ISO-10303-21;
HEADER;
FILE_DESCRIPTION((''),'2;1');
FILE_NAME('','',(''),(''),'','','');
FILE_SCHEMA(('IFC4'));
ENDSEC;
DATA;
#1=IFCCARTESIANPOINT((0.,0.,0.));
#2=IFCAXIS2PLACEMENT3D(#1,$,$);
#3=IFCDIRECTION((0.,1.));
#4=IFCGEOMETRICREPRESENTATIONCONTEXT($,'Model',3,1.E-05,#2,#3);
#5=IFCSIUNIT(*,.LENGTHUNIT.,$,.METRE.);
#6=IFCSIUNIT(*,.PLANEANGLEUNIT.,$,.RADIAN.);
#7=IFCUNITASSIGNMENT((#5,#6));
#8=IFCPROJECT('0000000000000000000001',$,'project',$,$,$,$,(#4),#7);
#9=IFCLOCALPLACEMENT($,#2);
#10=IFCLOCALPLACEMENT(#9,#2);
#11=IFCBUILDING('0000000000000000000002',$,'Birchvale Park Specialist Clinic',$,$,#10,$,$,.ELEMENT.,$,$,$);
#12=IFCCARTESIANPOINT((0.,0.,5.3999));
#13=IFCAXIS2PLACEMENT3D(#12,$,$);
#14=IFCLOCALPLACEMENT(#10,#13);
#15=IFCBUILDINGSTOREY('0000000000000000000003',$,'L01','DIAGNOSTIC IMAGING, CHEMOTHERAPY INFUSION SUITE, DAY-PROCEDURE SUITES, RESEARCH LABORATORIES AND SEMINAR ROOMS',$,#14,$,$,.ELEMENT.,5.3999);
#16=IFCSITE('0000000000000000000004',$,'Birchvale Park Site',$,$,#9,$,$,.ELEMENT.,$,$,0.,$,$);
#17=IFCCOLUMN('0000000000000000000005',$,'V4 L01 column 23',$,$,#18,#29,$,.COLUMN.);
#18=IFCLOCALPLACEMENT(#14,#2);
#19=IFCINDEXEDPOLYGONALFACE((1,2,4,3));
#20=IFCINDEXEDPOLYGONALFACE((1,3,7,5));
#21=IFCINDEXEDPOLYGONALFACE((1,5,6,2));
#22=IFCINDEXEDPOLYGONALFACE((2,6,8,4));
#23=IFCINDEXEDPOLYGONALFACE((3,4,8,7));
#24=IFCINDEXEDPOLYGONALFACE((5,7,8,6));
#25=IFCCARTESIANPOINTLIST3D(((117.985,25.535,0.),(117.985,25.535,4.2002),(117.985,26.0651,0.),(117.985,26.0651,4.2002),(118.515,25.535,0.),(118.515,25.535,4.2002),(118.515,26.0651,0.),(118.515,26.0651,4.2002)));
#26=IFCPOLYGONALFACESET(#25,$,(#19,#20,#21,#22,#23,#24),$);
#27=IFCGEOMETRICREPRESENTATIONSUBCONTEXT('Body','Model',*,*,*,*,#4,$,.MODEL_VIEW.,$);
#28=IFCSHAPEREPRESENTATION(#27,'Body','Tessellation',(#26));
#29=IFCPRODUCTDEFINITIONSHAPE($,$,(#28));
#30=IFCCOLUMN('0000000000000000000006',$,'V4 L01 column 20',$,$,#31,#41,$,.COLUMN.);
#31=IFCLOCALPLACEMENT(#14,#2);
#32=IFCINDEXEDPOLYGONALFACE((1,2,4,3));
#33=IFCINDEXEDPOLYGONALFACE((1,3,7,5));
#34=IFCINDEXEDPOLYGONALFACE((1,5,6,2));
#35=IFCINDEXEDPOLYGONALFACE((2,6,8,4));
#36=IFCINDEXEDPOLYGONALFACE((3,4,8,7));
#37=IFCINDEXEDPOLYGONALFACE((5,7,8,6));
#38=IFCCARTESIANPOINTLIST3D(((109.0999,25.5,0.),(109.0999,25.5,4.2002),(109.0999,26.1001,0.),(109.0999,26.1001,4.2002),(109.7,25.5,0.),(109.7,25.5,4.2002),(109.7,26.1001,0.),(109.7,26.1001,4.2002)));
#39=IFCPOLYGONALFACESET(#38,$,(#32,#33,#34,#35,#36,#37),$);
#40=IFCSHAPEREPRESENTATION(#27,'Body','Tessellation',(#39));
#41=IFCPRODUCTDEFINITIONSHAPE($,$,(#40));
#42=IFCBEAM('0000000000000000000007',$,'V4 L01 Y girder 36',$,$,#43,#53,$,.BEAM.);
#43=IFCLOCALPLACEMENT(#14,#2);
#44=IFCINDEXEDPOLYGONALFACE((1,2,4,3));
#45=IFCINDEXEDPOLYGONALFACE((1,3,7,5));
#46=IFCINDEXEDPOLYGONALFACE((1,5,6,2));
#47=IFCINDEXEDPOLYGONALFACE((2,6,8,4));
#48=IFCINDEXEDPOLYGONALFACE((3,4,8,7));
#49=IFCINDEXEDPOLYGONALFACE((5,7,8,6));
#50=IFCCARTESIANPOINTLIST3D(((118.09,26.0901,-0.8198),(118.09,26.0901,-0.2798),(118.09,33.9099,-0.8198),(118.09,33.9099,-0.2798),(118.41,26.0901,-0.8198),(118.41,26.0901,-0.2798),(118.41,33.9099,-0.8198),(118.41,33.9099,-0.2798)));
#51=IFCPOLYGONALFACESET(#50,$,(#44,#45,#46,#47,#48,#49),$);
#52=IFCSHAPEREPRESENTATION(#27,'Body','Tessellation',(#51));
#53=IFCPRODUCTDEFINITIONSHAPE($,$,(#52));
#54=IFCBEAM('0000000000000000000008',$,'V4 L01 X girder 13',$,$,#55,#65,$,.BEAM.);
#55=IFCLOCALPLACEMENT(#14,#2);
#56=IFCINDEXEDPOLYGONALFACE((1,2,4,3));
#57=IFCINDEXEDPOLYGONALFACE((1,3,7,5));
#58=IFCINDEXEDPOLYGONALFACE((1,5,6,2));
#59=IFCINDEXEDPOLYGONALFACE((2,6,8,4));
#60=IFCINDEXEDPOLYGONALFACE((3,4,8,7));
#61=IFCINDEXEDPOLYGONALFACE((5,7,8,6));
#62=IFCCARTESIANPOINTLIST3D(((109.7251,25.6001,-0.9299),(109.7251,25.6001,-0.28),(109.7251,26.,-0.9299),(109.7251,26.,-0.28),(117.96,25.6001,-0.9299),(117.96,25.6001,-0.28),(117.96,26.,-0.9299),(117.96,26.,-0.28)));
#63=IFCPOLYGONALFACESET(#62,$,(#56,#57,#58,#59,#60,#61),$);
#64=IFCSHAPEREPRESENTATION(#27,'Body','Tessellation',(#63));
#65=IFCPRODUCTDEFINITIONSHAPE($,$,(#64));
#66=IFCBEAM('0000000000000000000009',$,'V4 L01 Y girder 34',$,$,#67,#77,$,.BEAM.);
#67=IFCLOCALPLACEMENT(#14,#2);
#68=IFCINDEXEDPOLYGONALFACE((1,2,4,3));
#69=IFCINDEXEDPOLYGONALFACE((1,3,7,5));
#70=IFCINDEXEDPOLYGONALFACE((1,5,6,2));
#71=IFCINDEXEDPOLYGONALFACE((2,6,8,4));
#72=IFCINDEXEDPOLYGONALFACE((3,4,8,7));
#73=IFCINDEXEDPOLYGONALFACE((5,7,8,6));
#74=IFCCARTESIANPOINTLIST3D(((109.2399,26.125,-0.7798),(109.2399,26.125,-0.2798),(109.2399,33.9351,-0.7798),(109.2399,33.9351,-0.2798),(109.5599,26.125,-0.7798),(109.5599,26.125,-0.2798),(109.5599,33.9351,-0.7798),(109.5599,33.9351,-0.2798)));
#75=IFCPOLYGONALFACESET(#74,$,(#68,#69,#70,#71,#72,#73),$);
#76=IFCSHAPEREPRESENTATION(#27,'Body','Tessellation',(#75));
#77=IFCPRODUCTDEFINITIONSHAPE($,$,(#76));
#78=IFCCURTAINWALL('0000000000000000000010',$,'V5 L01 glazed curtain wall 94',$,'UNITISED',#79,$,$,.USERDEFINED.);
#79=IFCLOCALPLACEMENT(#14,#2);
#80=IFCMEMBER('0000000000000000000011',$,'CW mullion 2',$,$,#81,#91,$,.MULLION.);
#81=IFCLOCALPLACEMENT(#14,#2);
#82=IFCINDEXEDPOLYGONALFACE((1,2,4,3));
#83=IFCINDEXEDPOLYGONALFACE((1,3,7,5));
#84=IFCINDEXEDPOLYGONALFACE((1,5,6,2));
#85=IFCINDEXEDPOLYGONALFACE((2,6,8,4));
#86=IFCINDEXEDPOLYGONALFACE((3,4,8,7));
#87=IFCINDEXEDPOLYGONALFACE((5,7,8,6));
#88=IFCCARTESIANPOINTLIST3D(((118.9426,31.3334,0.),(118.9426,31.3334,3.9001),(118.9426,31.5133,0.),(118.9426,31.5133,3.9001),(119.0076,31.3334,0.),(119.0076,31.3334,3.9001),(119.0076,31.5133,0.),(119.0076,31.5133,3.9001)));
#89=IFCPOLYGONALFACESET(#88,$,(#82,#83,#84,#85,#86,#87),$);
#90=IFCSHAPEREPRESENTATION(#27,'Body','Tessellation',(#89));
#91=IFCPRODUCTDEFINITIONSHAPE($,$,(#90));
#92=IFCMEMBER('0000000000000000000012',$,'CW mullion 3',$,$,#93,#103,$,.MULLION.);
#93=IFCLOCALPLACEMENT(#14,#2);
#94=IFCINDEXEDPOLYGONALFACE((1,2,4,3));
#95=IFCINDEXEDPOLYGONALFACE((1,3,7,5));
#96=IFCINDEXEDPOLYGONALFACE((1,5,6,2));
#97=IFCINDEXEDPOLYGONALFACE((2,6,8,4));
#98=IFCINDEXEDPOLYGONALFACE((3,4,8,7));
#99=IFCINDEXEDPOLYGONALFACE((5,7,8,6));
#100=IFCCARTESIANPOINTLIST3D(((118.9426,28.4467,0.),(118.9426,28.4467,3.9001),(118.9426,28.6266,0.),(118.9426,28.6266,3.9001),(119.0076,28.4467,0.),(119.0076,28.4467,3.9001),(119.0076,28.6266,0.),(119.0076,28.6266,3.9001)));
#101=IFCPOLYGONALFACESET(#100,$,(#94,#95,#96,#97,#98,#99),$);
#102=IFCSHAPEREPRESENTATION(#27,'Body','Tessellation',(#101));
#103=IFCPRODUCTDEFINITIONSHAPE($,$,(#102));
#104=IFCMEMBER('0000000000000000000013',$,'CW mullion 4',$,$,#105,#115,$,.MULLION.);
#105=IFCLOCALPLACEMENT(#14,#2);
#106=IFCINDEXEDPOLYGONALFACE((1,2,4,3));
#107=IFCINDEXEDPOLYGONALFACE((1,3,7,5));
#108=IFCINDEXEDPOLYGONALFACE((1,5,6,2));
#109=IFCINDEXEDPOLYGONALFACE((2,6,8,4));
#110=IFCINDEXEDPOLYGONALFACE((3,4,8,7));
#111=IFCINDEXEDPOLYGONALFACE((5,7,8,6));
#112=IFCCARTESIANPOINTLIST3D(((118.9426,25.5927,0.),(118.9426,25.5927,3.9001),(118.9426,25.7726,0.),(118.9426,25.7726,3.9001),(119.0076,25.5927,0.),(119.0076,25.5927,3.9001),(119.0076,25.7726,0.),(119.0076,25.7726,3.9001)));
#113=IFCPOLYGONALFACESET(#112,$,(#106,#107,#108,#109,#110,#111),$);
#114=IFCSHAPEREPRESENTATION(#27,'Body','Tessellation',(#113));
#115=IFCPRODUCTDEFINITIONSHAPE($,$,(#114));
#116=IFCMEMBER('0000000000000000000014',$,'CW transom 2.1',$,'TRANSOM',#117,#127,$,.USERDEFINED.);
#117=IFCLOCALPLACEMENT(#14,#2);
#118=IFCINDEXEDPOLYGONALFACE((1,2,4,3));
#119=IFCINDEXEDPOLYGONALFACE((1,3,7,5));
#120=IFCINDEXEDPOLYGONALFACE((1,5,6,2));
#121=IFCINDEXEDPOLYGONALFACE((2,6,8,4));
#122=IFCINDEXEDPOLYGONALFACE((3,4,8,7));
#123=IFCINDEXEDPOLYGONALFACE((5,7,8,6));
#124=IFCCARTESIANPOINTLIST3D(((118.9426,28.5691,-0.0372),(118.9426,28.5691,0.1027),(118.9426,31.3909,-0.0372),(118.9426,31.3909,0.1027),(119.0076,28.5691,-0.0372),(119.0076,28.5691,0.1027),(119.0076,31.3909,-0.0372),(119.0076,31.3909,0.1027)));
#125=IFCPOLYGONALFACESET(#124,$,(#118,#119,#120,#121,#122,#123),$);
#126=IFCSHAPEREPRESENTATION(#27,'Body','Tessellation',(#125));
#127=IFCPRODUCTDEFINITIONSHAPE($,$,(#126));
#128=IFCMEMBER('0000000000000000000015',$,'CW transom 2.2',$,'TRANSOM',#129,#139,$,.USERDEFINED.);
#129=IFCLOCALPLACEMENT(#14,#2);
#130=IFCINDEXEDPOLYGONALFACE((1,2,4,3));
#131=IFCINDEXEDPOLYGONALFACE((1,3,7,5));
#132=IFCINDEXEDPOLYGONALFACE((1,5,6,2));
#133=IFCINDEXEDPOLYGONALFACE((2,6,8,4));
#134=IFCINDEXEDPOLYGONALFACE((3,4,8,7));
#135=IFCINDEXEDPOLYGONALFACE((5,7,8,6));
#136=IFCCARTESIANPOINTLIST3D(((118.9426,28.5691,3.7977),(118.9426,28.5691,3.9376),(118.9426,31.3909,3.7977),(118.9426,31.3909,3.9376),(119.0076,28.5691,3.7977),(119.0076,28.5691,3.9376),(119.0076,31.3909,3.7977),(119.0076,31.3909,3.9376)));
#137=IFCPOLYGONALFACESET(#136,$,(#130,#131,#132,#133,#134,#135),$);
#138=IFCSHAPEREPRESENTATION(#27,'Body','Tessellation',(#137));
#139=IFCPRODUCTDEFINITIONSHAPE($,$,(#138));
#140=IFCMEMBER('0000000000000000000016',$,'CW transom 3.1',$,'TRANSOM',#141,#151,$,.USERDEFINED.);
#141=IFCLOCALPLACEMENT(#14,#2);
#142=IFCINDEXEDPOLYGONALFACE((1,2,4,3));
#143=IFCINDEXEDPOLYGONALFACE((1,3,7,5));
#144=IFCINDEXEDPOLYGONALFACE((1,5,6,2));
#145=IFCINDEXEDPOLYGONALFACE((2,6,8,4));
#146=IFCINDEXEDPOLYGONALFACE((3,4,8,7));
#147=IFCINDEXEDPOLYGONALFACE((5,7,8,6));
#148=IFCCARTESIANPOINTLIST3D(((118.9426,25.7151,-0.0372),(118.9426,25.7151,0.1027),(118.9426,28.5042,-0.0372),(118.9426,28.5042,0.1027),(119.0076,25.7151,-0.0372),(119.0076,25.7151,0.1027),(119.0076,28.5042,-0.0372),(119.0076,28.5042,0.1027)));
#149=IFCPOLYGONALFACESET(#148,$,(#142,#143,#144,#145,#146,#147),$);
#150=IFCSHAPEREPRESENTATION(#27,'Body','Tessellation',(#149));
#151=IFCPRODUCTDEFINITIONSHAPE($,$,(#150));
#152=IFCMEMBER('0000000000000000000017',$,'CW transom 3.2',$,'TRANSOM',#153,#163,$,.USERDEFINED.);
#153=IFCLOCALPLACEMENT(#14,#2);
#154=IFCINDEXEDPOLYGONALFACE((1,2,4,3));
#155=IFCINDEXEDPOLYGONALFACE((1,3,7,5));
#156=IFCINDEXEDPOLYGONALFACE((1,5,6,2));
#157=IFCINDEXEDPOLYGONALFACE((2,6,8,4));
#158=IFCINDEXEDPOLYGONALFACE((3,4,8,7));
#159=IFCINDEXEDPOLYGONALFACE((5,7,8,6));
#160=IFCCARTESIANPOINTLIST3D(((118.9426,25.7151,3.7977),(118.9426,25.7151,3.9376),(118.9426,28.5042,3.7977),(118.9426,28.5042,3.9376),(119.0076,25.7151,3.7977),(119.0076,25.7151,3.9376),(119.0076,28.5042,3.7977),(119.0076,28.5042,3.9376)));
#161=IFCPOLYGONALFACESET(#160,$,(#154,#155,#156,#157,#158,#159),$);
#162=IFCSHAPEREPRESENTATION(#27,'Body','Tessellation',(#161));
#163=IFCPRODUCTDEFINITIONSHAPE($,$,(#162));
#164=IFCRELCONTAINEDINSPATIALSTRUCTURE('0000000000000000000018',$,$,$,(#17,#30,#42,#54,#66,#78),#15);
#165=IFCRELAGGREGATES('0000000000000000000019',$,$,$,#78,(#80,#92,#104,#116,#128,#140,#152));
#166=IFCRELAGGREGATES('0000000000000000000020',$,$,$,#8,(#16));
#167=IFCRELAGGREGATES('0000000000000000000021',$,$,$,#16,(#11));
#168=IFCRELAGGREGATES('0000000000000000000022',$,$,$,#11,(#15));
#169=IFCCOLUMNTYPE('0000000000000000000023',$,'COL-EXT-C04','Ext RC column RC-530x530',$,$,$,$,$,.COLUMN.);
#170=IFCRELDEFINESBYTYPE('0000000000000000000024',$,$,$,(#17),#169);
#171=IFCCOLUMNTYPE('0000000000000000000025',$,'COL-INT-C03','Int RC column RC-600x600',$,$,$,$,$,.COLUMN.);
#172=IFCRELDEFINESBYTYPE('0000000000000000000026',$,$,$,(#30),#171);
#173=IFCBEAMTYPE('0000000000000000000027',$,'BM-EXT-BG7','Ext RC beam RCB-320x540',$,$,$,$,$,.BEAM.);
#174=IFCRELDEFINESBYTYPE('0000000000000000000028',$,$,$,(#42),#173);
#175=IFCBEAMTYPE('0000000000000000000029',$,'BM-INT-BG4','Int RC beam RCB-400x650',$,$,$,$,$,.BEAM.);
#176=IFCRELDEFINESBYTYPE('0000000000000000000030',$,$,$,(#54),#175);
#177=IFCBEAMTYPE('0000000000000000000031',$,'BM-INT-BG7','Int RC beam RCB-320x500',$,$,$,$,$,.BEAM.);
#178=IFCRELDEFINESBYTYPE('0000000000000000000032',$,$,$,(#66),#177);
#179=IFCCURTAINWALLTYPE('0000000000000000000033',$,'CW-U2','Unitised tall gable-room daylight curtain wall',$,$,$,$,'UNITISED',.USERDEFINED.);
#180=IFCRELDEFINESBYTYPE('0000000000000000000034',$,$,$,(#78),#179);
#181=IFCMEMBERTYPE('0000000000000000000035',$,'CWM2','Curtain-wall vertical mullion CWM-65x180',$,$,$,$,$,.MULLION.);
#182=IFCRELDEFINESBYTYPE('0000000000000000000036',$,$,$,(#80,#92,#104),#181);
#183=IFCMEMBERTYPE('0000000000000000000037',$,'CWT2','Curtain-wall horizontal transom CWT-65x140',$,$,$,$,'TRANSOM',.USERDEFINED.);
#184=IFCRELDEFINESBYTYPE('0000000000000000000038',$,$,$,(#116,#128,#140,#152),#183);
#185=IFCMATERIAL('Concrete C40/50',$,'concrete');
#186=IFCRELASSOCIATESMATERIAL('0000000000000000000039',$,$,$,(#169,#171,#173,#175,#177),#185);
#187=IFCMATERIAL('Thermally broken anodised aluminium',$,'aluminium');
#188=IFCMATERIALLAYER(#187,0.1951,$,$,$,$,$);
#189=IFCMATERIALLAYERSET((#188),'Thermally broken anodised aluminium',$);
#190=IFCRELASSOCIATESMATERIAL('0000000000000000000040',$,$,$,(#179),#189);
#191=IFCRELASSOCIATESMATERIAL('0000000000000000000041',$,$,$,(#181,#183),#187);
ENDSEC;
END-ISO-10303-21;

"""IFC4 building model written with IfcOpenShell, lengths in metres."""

from ifc_helpers import new_model, si_unit, direction, frame, origin, origin_2d, place, context, subcontext, project, spatial, rectangle, extrude, material, layer, layer_set, material_profile, profile_set, type_object, element, aggregate, save


model = new_model("IFC4")

# Units and contexts
model_context = context("Model", 3, precision=1e-05, world=origin(), true_north=direction((0.0, 1.0)))
body_context = subcontext(model_context, "Body", "Model", "MODEL_VIEW")
ifc_project = project(units=[si_unit("LENGTHUNIT", "METRE"), si_unit("PLANEANGLEUNIT", "RADIAN")], contexts=[model_context])

# Site, building, storey
site_placement = place(None, origin())
site = spatial("IfcSite", under=ifc_project, at=site_placement, Name="Birchvale Park Site", CompositionType="ELEMENT", RefElevation=0.0)
building_placement = place(site_placement, origin())
building = spatial("IfcBuilding", under=site, at=building_placement, Name="Birchvale Park Specialist Clinic", CompositionType="ELEMENT")
storey_placement = place(building_placement, frame((0.0, 0.0, 5.3999)))
storey = spatial("IfcBuildingStorey", under=building, at=storey_placement, Name="L01", Description="DIAGNOSTIC IMAGING, CHEMOTHERAPY INFUSION SUITE, DAY-PROCEDURE SUITES, RESEARCH LABORATORIES AND SEMINAR ROOMS", CompositionType="ELEMENT", Elevation=5.3999)

# Columns
ifc_material_1 = material(Name="Concrete C40/50", Category="concrete")
ifc_material_profile_1 = material_profile(ifc_material_1, rectangle(XDim=0.53, YDim=0.53, at=origin_2d()), Name="RC-530x530")
ifc_profile_set_1 = profile_set([ifc_material_profile_1], Name="Concrete C40/50")
column_type_1 = type_object("IfcColumnType", Name="COL-EXT-C04", Description="Ext RC column RC-530x530", PredefinedType="COLUMN", material=ifc_profile_set_1)
column_1_placement = place(storey_placement, frame((118.25, 25.8, 0.0), z_axis=(0.0, 0.0, 1.0), x_axis=(1.0, 0.0, 0.0)))
element("IfcColumn", 1, at=column_1_placement, inside=storey, type_object=column_type_1, Name="V4 L01 column 23", PredefinedType="COLUMN", context=body_context, shape_type="SweptSolid", body=[
    extrude(rectangle(XDim=0.53, YDim=0.53, at=origin_2d()), origin(), (0.0, 0.0, 1.0), 4.2002),
])
ifc_material_profile_2 = material_profile(ifc_material_1, rectangle(XDim=0.6001, YDim=0.6001, at=origin_2d()), Name="RC-600x600")
ifc_profile_set_2 = profile_set([ifc_material_profile_2], Name="Concrete C40/50")
column_type_2 = type_object("IfcColumnType", Name="COL-INT-C03", Description="Int RC column RC-600x600", PredefinedType="COLUMN", material=ifc_profile_set_2)
column_2_placement = place(storey_placement, frame((109.3999, 25.8, 0.0), z_axis=(0.0, 0.0, 1.0), x_axis=(1.0, 0.0, 0.0)))
element("IfcColumn", 2, at=column_2_placement, inside=storey, type_object=column_type_2, Name="V4 L01 column 20", PredefinedType="COLUMN", context=body_context, shape_type="SweptSolid", body=[
    extrude(rectangle(XDim=0.6001, YDim=0.6001, at=origin_2d()), origin(), (0.0, 0.0, 1.0), 4.2002),
])

# Beams
ifc_material_profile_3 = material_profile(ifc_material_1, rectangle(XDim=0.3201, YDim=0.54, at=origin_2d()), Name="RCB-320x540")
ifc_profile_set_3 = profile_set([ifc_material_profile_3], Name="Concrete C40/50")
beam_type_1 = type_object("IfcBeamType", Name="BM-EXT-BG7", Description="Ext RC beam RCB-320x540", PredefinedType="BEAM", material=ifc_profile_set_3)
beam_1_placement = place(storey_placement, frame((118.25, 26.0901, -0.5498), z_axis=(0.0, 1.0, 0.0), x_axis=(-1.0, 0.0, 0.0)))
element("IfcBeam", 3, at=beam_1_placement, inside=storey, type_object=beam_type_1, Name="V4 L01 Y girder 36", PredefinedType="BEAM", context=body_context, shape_type="SweptSolid", body=[
    extrude(rectangle(XDim=0.3201, YDim=0.54, at=origin_2d()), origin(), (0.0, 0.0, 1.0), 7.8198),
])
ifc_material_profile_4 = material_profile(ifc_material_1, rectangle(XDim=0.3999, YDim=0.6499, at=origin_2d()), Name="RCB-400x650")
ifc_profile_set_4 = profile_set([ifc_material_profile_4], Name="Concrete C40/50")
beam_type_2 = type_object("IfcBeamType", Name="BM-INT-BG4", Description="Int RC beam RCB-400x650", PredefinedType="BEAM", material=ifc_profile_set_4)
beam_2_placement = place(storey_placement, frame((109.7251, 25.8, -0.605), z_axis=(1.0, 0.0, 0.0), x_axis=(0.0, 1.0, 0.0)))
element("IfcBeam", 4, at=beam_2_placement, inside=storey, type_object=beam_type_2, Name="V4 L01 X girder 13", PredefinedType="BEAM", context=body_context, shape_type="SweptSolid", body=[
    extrude(rectangle(XDim=0.3999, YDim=0.6499, at=origin_2d()), origin(), (0.0, 0.0, 1.0), 8.2349),
])
ifc_material_profile_5 = material_profile(ifc_material_1, rectangle(XDim=0.3201, YDim=0.5, at=origin_2d()), Name="RCB-320x500")
ifc_profile_set_5 = profile_set([ifc_material_profile_5], Name="Concrete C40/50")
beam_type_3 = type_object("IfcBeamType", Name="BM-INT-BG7", Description="Int RC beam RCB-320x500", PredefinedType="BEAM", material=ifc_profile_set_5)
beam_3_placement = place(storey_placement, frame((109.3999, 26.125, -0.5298), z_axis=(0.0, 1.0, 0.0), x_axis=(-1.0, 0.0, 0.0)))
element("IfcBeam", 5, at=beam_3_placement, inside=storey, type_object=beam_type_3, Name="V4 L01 Y girder 34", PredefinedType="BEAM", context=body_context, shape_type="SweptSolid", body=[
    extrude(rectangle(XDim=0.3201, YDim=0.5, at=origin_2d()), origin(), (0.0, 0.0, 1.0), 7.8101),
])

# Curtain wall, members
ifc_material_2 = material(Name="Thermally broken anodised aluminium", Category="aluminium")
ifc_layer_1 = layer(ifc_material_2, 0.1951)
ifc_layer_set_1 = layer_set([ifc_layer_1], Name="Thermally broken anodised aluminium")
curtain_wall_type = type_object("IfcCurtainWallType", Name="CW-U2", Description="Unitised tall gable-room daylight curtain wall", ElementType="UNITISED", PredefinedType="USERDEFINED", material=ifc_layer_set_1)
curtain_wall_placement = place(storey_placement, origin())
curtain_wall = element("IfcCurtainWall", 6, at=curtain_wall_placement, inside=storey, type_object=curtain_wall_type, Name="V5 L01 glazed curtain wall 94", ObjectType="UNITISED", PredefinedType="USERDEFINED")
ifc_material_profile_6 = material_profile(ifc_material_2, rectangle(XDim=0.0649, YDim=0.1799, at=origin_2d()), Name="CWM-65x180")
ifc_profile_set_6 = profile_set([ifc_material_profile_6], Name="Thermally broken anodised aluminium")
member_type_1 = type_object("IfcMemberType", Name="CWM2", Description="Curtain-wall vertical mullion CWM-65x180", PredefinedType="MULLION", material=ifc_profile_set_6)
member_1_placement = place(storey_placement, frame((118.9751, 31.4233, 0.0), z_axis=(0.0, 0.0, 1.0), x_axis=(1.0, 0.0, 0.0)))
member_1 = element("IfcMember", 7, at=member_1_placement, type_object=member_type_1, Name="CW mullion 2", PredefinedType="MULLION", context=body_context, shape_type="SweptSolid", body=[
    extrude(rectangle(XDim=0.0649, YDim=0.1799, at=origin_2d()), origin(), (0.0, 0.0, 1.0), 3.9001),
])
member_2_placement = place(storey_placement, frame((118.9751, 28.5366, 0.0), z_axis=(0.0, 0.0, 1.0), x_axis=(1.0, 0.0, 0.0)))
member_2 = element("IfcMember", 8, at=member_2_placement, type_object=member_type_1, Name="CW mullion 3", PredefinedType="MULLION", context=body_context, shape_type="SweptSolid", body=[
    extrude(rectangle(XDim=0.0649, YDim=0.1799, at=origin_2d()), origin(), (0.0, 0.0, 1.0), 3.9001),
])
member_3_placement = place(storey_placement, frame((118.9751, 25.6826, 0.0), z_axis=(0.0, 0.0, 1.0), x_axis=(1.0, 0.0, 0.0)))
member_3 = element("IfcMember", 9, at=member_3_placement, type_object=member_type_1, Name="CW mullion 4", PredefinedType="MULLION", context=body_context, shape_type="SweptSolid", body=[
    extrude(rectangle(XDim=0.0649, YDim=0.1799, at=origin_2d()), origin(), (0.0, 0.0, 1.0), 3.9001),
])
ifc_material_profile_7 = material_profile(ifc_material_2, rectangle(XDim=0.0649, YDim=0.1399, at=origin_2d()), Name="CWT-65x140")
ifc_profile_set_7 = profile_set([ifc_material_profile_7], Name="Thermally broken anodised aluminium")
member_type_2 = type_object("IfcMemberType", Name="CWT2", Description="Curtain-wall horizontal transom CWT-65x140", ElementType="TRANSOM", PredefinedType="USERDEFINED", material=ifc_profile_set_7)
member_4_placement = place(storey_placement, frame((118.9751, 31.3909, 0.0327), z_axis=(0.0, -1.0, 0.0), x_axis=(1.0, 0.0, 0.0)))
member_4 = element("IfcMember", 10, at=member_4_placement, type_object=member_type_2, Name="CW transom 2.1", ObjectType="TRANSOM", PredefinedType="USERDEFINED", context=body_context, shape_type="SweptSolid", body=[
    extrude(rectangle(XDim=0.0649, YDim=0.1399, at=origin_2d()), origin(), (0.0, 0.0, 1.0), 2.8218),
])
member_5_placement = place(storey_placement, frame((118.9751, 31.3909, 3.8677), z_axis=(0.0, -1.0, 0.0), x_axis=(1.0, 0.0, 0.0)))
member_5 = element("IfcMember", 11, at=member_5_placement, type_object=member_type_2, Name="CW transom 2.2", ObjectType="TRANSOM", PredefinedType="USERDEFINED", context=body_context, shape_type="SweptSolid", body=[
    extrude(rectangle(XDim=0.0649, YDim=0.1399, at=origin_2d()), origin(), (0.0, 0.0, 1.0), 2.8218),
])
member_6_placement = place(storey_placement, frame((118.9751, 28.5042, 0.0327), z_axis=(0.0, -1.0, 0.0), x_axis=(1.0, 0.0, 0.0)))
member_6 = element("IfcMember", 12, at=member_6_placement, type_object=member_type_2, Name="CW transom 3.1", ObjectType="TRANSOM", PredefinedType="USERDEFINED", context=body_context, shape_type="SweptSolid", body=[
    extrude(rectangle(XDim=0.0649, YDim=0.1399, at=origin_2d()), origin(), (0.0, 0.0, 1.0), 2.7891),
])
member_7_placement = place(storey_placement, frame((118.9751, 28.5042, 3.8677), z_axis=(0.0, -1.0, 0.0), x_axis=(1.0, 0.0, 0.0)))
member_7 = element("IfcMember", 13, at=member_7_placement, type_object=member_type_2, Name="CW transom 3.2", ObjectType="TRANSOM", PredefinedType="USERDEFINED", context=body_context, shape_type="SweptSolid", body=[
    extrude(rectangle(XDim=0.0649, YDim=0.1399, at=origin_2d()), origin(), (0.0, 0.0, 1.0), 2.7891),
])

aggregate(curtain_wall, [member_1, member_2, member_3, member_4, member_5, member_6, member_7])

save(model, "model.ifc")
